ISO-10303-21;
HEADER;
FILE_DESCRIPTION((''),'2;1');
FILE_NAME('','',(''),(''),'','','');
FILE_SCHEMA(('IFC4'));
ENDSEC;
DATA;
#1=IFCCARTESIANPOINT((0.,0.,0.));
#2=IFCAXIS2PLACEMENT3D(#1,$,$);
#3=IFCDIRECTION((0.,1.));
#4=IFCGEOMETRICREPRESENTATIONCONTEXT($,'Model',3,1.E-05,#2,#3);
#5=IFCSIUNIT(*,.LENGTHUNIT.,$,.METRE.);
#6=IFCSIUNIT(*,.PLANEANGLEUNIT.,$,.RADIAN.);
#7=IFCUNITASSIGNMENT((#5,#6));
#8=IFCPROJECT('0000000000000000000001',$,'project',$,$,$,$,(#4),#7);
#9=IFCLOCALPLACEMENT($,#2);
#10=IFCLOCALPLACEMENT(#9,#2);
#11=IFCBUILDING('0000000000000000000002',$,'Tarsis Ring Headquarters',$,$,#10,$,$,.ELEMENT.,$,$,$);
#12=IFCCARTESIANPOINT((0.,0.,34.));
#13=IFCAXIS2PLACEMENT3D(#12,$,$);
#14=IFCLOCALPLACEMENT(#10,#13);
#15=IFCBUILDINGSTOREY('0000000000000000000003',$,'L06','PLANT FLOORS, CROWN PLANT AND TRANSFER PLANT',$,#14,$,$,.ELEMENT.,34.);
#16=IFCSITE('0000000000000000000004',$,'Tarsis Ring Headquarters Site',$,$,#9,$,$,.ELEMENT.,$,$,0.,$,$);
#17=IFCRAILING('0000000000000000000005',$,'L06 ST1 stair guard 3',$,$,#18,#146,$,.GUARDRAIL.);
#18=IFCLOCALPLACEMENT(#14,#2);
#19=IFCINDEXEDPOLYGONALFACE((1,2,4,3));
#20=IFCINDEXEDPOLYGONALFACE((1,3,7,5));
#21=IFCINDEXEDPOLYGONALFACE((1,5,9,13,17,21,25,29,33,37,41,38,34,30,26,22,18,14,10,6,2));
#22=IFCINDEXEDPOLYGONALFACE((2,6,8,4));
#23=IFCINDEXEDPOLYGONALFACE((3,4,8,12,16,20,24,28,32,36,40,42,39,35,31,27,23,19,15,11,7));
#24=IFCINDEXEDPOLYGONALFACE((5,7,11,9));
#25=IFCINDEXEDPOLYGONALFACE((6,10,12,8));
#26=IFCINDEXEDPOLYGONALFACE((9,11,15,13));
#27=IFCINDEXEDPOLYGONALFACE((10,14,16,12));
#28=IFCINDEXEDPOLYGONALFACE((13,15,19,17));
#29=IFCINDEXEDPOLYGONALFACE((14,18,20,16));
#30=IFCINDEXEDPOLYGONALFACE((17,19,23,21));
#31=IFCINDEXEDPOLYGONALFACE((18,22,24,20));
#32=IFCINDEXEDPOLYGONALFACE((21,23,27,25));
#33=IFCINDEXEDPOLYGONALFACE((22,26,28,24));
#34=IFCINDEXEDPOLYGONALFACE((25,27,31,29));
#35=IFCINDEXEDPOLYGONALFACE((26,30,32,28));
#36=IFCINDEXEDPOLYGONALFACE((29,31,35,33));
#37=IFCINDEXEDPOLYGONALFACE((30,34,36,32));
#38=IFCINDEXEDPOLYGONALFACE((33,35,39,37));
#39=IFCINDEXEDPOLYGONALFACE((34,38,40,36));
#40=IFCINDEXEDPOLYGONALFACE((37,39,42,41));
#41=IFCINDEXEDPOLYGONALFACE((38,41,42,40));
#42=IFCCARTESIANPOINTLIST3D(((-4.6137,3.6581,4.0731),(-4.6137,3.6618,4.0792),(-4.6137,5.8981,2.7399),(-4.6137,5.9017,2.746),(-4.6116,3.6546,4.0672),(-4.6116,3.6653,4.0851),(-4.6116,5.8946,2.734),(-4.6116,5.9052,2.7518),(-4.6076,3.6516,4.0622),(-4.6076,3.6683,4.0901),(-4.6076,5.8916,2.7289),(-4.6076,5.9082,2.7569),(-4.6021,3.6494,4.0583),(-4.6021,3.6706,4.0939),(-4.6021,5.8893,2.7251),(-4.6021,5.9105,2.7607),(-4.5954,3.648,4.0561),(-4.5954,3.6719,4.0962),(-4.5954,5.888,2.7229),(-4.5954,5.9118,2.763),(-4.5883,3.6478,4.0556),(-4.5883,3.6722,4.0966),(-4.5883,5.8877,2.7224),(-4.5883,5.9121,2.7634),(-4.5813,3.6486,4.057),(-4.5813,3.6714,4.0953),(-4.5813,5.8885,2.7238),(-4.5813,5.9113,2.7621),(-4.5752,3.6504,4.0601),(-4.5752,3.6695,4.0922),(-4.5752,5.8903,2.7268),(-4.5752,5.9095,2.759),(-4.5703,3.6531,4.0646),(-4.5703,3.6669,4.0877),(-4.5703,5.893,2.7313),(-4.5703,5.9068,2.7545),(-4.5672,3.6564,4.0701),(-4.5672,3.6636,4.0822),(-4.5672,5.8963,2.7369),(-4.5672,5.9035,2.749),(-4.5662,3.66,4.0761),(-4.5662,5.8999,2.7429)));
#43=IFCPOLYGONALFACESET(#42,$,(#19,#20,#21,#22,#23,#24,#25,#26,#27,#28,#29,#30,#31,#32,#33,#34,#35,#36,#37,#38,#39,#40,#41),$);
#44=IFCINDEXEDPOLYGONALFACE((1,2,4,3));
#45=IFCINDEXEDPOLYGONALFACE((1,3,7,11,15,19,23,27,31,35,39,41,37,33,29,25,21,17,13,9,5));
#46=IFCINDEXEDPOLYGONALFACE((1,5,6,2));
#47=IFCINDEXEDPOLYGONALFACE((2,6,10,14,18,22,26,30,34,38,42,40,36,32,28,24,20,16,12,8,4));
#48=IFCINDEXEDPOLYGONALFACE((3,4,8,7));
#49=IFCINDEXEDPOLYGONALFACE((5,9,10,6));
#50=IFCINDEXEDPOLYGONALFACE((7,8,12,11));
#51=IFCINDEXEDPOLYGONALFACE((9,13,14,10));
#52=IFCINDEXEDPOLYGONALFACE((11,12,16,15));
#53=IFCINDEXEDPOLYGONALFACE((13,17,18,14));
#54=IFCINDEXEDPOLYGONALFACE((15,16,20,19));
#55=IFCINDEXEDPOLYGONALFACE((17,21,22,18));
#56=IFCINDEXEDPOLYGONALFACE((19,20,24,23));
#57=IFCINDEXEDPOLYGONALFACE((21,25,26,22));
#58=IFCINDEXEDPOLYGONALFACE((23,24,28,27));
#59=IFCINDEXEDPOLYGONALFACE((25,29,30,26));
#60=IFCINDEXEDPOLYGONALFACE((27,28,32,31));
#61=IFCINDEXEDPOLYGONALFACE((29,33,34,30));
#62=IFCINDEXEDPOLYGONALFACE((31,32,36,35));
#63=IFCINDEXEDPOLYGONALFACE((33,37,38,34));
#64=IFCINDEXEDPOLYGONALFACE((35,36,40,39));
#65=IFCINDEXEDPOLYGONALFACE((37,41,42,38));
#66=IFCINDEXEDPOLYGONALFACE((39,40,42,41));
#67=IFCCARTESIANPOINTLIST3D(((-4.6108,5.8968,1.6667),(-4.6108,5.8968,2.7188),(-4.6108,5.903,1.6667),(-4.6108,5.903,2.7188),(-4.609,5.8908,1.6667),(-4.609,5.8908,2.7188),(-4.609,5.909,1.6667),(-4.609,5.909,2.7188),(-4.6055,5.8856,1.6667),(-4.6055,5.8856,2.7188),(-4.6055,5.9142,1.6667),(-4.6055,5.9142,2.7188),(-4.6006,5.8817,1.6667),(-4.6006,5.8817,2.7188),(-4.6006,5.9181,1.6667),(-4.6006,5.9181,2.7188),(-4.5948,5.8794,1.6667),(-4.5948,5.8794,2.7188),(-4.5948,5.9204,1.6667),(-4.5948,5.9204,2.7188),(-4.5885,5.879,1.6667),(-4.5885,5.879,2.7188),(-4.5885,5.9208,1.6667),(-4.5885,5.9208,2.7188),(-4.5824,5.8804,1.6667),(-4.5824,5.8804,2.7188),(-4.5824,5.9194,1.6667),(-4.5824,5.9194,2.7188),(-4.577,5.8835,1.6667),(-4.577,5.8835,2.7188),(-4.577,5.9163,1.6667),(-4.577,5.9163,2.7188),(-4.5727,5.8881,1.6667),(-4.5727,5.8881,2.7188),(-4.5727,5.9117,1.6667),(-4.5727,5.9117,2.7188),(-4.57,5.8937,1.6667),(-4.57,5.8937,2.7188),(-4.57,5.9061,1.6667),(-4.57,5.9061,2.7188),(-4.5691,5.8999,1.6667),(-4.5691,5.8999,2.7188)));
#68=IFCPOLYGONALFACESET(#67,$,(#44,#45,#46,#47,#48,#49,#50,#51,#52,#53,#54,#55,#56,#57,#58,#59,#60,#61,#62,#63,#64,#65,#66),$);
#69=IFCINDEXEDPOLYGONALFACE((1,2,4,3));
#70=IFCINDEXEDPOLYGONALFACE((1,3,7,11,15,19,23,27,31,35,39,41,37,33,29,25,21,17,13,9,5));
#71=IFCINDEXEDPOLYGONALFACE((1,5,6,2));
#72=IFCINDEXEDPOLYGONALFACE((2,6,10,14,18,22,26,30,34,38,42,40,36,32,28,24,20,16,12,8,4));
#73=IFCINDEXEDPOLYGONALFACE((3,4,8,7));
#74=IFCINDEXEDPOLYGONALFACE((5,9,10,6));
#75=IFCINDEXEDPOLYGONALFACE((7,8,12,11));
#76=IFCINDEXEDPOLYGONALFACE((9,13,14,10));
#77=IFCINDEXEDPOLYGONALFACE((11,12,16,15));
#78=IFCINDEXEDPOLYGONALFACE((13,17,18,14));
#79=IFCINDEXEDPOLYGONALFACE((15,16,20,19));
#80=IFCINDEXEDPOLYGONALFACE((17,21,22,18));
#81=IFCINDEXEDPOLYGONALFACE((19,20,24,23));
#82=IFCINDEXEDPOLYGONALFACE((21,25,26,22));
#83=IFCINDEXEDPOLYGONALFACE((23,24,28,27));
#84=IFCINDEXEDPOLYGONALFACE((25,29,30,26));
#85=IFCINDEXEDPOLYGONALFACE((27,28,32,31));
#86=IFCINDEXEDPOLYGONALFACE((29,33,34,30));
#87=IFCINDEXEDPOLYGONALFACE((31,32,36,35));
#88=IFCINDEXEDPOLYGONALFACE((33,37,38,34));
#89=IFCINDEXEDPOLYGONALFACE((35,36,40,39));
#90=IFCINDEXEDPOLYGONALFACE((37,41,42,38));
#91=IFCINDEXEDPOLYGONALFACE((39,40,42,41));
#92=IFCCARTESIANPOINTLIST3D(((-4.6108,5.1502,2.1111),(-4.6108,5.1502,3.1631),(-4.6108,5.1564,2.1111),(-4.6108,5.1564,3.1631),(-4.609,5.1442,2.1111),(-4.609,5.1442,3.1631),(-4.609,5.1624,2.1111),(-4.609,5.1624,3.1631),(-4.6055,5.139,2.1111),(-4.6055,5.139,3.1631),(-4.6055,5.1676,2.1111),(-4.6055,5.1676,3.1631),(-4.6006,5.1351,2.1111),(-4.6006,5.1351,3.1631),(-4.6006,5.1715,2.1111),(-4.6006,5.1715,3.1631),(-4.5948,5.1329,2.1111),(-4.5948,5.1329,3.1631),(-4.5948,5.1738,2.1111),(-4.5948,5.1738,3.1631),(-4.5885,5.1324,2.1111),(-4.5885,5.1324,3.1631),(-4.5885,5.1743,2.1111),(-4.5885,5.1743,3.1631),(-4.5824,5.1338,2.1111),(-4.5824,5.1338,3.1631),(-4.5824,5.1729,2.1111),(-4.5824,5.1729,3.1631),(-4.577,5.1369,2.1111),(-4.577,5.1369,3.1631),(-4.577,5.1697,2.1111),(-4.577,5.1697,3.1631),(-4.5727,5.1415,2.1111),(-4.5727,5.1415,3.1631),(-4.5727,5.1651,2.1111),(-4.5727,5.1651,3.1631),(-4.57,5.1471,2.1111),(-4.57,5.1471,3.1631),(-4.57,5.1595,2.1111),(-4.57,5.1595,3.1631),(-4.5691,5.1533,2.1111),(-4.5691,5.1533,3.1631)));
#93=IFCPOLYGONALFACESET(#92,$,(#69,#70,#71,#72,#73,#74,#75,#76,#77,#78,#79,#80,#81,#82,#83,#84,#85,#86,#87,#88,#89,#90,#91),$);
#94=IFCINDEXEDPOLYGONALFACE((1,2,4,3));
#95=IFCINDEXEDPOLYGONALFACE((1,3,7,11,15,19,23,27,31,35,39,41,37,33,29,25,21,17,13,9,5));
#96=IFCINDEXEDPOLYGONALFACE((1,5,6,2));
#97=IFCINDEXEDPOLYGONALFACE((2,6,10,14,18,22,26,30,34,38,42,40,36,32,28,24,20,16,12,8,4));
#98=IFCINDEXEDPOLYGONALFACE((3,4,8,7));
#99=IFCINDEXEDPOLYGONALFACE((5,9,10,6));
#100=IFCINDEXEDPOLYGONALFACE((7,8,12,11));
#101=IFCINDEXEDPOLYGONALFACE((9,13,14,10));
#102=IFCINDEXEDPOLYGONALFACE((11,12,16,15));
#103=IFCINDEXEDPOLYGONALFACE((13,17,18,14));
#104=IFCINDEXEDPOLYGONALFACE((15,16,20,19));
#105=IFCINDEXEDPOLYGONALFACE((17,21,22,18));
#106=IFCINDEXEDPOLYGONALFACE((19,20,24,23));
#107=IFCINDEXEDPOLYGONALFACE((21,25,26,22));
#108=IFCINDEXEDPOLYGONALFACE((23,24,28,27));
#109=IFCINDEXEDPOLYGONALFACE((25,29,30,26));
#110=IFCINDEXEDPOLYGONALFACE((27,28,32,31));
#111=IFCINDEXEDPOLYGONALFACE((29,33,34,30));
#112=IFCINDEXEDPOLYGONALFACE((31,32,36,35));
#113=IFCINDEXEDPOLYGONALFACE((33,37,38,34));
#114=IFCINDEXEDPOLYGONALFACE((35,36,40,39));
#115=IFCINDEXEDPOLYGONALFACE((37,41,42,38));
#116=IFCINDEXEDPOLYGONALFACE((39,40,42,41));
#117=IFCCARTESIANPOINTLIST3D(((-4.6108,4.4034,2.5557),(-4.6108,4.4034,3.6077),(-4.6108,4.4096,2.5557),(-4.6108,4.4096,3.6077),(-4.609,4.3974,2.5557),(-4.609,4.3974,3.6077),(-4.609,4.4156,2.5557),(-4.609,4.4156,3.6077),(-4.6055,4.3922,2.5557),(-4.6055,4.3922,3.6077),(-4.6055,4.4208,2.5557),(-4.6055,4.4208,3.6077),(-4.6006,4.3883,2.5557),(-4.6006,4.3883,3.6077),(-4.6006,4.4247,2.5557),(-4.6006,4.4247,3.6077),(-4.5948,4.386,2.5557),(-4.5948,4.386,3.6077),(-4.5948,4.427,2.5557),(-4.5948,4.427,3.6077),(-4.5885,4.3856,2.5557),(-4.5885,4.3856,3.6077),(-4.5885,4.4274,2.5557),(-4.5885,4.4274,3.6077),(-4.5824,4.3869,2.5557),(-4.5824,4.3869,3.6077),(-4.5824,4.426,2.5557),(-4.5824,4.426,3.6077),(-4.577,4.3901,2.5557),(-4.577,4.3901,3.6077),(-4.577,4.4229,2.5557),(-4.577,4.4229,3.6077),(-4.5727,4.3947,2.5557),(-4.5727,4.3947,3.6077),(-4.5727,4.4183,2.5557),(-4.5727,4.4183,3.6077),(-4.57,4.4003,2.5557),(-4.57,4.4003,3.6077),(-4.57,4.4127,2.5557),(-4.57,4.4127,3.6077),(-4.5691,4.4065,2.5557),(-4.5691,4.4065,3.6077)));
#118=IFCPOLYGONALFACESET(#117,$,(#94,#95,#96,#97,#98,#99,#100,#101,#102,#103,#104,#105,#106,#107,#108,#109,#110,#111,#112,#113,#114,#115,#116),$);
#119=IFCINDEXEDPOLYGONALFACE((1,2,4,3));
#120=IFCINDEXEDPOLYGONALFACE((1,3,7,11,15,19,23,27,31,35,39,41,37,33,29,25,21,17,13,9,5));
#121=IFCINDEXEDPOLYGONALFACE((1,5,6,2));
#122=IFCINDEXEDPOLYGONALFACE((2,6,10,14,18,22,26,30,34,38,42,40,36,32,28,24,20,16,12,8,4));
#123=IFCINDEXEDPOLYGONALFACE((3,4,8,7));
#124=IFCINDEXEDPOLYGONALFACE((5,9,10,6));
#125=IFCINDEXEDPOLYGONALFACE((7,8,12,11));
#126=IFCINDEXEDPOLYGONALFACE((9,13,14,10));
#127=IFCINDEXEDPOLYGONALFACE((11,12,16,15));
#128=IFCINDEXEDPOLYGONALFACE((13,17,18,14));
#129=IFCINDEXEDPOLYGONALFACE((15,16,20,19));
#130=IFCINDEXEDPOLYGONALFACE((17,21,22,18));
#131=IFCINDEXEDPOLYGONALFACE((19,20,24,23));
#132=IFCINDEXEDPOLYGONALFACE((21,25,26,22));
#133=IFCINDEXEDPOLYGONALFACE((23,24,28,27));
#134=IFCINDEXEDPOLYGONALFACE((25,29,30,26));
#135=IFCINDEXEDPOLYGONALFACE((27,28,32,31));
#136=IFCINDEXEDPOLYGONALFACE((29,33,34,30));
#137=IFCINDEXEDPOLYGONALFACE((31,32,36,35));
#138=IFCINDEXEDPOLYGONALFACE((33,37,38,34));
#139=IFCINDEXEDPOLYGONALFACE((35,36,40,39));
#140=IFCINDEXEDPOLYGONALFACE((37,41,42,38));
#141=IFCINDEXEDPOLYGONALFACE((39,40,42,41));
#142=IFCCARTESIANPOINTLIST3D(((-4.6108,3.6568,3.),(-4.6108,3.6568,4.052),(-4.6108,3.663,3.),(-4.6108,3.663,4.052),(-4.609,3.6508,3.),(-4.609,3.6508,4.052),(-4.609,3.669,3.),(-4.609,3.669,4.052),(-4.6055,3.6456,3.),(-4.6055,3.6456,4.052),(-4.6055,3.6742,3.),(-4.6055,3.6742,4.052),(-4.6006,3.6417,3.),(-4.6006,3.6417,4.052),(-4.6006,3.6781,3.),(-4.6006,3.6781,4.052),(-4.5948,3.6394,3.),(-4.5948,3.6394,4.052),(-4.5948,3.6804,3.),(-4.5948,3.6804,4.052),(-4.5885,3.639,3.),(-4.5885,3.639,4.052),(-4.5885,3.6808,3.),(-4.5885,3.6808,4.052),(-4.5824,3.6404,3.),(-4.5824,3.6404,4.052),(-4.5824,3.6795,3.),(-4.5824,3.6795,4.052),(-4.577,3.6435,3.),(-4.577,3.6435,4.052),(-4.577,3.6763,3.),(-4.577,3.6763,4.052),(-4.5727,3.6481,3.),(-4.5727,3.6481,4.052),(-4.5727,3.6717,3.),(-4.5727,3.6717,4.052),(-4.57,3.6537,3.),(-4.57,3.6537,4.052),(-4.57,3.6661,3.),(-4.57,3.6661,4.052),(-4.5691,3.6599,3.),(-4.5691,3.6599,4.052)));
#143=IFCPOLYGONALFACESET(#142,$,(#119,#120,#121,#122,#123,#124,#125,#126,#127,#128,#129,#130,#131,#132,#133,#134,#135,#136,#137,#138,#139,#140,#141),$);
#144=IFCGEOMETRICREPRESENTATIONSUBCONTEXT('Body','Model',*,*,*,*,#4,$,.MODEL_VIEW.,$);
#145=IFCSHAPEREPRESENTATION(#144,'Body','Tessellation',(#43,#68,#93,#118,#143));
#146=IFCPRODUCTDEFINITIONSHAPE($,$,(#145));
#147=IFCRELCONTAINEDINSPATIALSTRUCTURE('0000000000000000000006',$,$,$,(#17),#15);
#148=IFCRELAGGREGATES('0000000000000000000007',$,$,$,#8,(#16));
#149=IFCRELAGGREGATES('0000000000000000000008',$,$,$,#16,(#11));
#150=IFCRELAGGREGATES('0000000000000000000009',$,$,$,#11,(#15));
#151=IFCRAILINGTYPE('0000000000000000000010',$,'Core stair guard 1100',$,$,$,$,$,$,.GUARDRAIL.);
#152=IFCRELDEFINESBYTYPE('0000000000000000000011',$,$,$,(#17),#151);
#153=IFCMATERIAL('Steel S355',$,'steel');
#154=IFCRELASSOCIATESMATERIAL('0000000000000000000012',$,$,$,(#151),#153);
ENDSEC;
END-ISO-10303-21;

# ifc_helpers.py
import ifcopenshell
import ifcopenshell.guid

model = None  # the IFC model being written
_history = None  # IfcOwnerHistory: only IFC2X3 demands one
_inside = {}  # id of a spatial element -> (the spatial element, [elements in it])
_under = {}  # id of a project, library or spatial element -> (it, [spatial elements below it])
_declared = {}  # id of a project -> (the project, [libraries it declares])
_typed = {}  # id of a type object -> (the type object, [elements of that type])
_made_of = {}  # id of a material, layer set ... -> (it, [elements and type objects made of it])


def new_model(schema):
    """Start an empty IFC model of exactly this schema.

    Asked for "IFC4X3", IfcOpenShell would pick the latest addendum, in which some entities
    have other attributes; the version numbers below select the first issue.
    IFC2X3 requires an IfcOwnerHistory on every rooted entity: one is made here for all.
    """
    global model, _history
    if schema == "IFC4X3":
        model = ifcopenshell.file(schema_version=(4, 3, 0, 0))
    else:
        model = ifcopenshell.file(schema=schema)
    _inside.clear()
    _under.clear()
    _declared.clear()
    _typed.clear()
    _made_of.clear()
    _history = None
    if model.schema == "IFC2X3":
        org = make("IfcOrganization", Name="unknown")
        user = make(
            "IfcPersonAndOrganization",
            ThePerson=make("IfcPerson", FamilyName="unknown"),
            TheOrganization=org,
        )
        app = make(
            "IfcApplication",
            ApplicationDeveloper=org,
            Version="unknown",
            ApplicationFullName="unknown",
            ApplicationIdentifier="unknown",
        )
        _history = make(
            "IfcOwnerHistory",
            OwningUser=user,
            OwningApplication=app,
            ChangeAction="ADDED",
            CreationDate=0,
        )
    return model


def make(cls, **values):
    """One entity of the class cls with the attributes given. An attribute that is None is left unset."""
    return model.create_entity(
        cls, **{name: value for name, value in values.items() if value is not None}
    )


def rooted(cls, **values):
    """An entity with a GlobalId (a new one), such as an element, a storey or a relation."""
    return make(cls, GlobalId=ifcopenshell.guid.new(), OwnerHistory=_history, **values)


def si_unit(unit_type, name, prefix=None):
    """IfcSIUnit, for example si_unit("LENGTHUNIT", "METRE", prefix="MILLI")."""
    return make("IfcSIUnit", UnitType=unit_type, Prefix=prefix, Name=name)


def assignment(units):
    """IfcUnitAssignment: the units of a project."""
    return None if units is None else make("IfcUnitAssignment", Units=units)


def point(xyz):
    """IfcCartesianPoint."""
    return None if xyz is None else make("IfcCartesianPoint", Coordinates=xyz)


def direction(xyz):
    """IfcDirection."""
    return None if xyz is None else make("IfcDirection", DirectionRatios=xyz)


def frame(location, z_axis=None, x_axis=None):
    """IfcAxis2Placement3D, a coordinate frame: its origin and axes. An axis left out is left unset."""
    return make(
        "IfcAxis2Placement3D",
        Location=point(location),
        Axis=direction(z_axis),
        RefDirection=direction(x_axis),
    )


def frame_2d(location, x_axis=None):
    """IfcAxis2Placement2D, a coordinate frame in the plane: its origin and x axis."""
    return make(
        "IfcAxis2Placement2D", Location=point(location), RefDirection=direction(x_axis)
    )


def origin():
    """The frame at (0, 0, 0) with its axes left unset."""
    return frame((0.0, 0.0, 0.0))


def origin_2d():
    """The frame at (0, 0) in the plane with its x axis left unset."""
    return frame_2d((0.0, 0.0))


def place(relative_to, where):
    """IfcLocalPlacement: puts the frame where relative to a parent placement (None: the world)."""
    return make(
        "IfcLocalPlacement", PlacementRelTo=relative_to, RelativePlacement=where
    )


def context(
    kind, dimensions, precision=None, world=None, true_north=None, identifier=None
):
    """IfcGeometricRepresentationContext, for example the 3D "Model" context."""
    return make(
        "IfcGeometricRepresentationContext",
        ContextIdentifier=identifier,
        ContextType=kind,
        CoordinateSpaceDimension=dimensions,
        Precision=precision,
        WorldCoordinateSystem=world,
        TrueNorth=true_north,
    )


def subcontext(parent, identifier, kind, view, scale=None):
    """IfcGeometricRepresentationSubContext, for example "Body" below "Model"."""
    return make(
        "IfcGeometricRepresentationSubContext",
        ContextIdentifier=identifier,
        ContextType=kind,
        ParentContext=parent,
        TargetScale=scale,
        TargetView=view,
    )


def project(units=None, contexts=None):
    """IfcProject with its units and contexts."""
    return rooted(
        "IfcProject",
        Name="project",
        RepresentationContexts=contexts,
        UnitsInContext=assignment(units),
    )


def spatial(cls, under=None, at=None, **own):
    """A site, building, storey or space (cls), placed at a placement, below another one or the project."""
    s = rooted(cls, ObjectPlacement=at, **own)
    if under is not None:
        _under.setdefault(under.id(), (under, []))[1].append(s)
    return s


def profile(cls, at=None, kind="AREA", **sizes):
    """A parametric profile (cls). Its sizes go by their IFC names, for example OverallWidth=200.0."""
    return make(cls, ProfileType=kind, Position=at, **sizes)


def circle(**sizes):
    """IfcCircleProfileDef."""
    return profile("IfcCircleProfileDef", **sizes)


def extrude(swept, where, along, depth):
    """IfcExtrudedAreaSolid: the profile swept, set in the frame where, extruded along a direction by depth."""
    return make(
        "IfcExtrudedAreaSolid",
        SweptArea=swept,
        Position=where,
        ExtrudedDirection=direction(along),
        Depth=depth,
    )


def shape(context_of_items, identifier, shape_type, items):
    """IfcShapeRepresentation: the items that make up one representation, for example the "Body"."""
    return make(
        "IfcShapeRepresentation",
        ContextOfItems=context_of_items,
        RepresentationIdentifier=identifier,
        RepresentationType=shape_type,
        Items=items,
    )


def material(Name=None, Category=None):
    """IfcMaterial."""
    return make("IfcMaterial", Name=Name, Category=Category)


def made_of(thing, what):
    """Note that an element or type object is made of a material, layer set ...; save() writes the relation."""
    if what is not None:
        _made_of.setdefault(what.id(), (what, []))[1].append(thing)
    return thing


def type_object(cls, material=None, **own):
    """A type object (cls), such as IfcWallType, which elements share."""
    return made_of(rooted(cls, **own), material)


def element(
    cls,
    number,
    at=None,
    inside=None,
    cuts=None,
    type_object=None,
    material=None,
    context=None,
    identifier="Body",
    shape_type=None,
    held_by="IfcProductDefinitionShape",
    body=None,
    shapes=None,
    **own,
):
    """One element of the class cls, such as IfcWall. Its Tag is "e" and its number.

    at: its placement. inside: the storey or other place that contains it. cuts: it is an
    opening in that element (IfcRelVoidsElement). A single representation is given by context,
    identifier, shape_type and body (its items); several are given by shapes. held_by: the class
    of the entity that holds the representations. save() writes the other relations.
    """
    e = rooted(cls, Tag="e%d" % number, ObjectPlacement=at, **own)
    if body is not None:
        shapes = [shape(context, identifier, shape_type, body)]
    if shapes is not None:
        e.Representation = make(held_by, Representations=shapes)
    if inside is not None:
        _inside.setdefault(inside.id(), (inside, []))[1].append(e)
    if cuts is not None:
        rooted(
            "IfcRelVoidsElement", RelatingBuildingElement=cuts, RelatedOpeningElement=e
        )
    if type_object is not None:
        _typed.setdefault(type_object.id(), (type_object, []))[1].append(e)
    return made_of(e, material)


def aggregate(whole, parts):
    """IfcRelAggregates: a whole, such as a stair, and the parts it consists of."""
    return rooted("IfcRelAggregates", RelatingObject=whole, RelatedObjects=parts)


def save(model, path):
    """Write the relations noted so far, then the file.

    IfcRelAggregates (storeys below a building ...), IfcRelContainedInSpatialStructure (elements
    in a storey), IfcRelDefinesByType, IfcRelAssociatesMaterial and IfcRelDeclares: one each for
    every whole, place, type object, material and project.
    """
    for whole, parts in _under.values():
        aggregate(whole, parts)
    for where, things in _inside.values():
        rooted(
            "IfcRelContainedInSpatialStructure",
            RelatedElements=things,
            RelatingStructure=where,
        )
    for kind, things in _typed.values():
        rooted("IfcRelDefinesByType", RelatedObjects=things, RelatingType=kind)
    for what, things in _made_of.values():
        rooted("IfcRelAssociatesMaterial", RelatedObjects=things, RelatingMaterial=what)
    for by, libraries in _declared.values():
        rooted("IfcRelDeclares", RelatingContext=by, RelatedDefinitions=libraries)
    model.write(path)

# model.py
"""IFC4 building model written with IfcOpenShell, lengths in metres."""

from ifc_helpers import new_model, si_unit, direction, frame, origin, origin_2d, place, context, subcontext, project, spatial, circle, extrude, material, type_object, element, save


model = new_model("IFC4")

# Units and contexts
model_context = context("Model", 3, precision=1e-05, world=origin(), true_north=direction((0.0, 1.0)))
body_context = subcontext(model_context, "Body", "Model", "MODEL_VIEW")
ifc_project = project(units=[si_unit("LENGTHUNIT", "METRE"), si_unit("PLANEANGLEUNIT", "RADIAN")], contexts=[model_context])

# Site, building, storey
site_placement = place(None, origin())
site = spatial("IfcSite", under=ifc_project, at=site_placement, Name="Tarsis Ring Headquarters Site", CompositionType="ELEMENT", RefElevation=0.0)
building_placement = place(site_placement, origin())
building = spatial("IfcBuilding", under=site, at=building_placement, Name="Tarsis Ring Headquarters", CompositionType="ELEMENT")
storey_placement = place(building_placement, frame((0.0, 0.0, 34.0)))
storey = spatial("IfcBuildingStorey", under=building, at=storey_placement, Name="L06", Description="PLANT FLOORS, CROWN PLANT AND TRANSFER PLANT", CompositionType="ELEMENT", Elevation=34.0)

# Shared definitions
ifc_material_1 = material(Name="Steel S355", Category="steel")

# Railing
railing_type_1 = type_object("IfcRailingType", Name="Core stair guard 1100", PredefinedType="GUARDRAIL", material=ifc_material_1)
railing_1_placement = place(storey_placement, frame((-4.5901, 5.8999, 1.6667)))
element("IfcRailing", 1, at=railing_1_placement, inside=storey, type_object=railing_type_1, Name="L06 ST1 stair guard 3", PredefinedType="GUARDRAIL", context=body_context, shape_type="SweptSolid", body=[
    extrude(circle(Radius=0.0239, at=origin_2d()), frame((0.0, 0.0, 1.0762), z_axis=(0.0, -0.859306, 0.511462), x_axis=(1.0, 0.0, 0.0)), (0.0, 0.0, 1.0), 2.6067),
    extrude(circle(Radius=0.021, at=origin_2d()), origin(), (0.0, 0.0, 1.0), 1.052),
    extrude(circle(Radius=0.021, at=origin_2d()), frame((0.0, -0.7466, 0.4443)), (0.0, 0.0, 1.0), 1.052),
    extrude(circle(Radius=0.021, at=origin_2d()), frame((0.0, -1.4934, 0.8889)), (0.0, 0.0, 1.0), 1.052),
    extrude(circle(Radius=0.021, at=origin_2d()), frame((0.0, -2.24, 1.3333)), (0.0, 0.0, 1.0), 1.052),
])

save(model, "model.ifc")
